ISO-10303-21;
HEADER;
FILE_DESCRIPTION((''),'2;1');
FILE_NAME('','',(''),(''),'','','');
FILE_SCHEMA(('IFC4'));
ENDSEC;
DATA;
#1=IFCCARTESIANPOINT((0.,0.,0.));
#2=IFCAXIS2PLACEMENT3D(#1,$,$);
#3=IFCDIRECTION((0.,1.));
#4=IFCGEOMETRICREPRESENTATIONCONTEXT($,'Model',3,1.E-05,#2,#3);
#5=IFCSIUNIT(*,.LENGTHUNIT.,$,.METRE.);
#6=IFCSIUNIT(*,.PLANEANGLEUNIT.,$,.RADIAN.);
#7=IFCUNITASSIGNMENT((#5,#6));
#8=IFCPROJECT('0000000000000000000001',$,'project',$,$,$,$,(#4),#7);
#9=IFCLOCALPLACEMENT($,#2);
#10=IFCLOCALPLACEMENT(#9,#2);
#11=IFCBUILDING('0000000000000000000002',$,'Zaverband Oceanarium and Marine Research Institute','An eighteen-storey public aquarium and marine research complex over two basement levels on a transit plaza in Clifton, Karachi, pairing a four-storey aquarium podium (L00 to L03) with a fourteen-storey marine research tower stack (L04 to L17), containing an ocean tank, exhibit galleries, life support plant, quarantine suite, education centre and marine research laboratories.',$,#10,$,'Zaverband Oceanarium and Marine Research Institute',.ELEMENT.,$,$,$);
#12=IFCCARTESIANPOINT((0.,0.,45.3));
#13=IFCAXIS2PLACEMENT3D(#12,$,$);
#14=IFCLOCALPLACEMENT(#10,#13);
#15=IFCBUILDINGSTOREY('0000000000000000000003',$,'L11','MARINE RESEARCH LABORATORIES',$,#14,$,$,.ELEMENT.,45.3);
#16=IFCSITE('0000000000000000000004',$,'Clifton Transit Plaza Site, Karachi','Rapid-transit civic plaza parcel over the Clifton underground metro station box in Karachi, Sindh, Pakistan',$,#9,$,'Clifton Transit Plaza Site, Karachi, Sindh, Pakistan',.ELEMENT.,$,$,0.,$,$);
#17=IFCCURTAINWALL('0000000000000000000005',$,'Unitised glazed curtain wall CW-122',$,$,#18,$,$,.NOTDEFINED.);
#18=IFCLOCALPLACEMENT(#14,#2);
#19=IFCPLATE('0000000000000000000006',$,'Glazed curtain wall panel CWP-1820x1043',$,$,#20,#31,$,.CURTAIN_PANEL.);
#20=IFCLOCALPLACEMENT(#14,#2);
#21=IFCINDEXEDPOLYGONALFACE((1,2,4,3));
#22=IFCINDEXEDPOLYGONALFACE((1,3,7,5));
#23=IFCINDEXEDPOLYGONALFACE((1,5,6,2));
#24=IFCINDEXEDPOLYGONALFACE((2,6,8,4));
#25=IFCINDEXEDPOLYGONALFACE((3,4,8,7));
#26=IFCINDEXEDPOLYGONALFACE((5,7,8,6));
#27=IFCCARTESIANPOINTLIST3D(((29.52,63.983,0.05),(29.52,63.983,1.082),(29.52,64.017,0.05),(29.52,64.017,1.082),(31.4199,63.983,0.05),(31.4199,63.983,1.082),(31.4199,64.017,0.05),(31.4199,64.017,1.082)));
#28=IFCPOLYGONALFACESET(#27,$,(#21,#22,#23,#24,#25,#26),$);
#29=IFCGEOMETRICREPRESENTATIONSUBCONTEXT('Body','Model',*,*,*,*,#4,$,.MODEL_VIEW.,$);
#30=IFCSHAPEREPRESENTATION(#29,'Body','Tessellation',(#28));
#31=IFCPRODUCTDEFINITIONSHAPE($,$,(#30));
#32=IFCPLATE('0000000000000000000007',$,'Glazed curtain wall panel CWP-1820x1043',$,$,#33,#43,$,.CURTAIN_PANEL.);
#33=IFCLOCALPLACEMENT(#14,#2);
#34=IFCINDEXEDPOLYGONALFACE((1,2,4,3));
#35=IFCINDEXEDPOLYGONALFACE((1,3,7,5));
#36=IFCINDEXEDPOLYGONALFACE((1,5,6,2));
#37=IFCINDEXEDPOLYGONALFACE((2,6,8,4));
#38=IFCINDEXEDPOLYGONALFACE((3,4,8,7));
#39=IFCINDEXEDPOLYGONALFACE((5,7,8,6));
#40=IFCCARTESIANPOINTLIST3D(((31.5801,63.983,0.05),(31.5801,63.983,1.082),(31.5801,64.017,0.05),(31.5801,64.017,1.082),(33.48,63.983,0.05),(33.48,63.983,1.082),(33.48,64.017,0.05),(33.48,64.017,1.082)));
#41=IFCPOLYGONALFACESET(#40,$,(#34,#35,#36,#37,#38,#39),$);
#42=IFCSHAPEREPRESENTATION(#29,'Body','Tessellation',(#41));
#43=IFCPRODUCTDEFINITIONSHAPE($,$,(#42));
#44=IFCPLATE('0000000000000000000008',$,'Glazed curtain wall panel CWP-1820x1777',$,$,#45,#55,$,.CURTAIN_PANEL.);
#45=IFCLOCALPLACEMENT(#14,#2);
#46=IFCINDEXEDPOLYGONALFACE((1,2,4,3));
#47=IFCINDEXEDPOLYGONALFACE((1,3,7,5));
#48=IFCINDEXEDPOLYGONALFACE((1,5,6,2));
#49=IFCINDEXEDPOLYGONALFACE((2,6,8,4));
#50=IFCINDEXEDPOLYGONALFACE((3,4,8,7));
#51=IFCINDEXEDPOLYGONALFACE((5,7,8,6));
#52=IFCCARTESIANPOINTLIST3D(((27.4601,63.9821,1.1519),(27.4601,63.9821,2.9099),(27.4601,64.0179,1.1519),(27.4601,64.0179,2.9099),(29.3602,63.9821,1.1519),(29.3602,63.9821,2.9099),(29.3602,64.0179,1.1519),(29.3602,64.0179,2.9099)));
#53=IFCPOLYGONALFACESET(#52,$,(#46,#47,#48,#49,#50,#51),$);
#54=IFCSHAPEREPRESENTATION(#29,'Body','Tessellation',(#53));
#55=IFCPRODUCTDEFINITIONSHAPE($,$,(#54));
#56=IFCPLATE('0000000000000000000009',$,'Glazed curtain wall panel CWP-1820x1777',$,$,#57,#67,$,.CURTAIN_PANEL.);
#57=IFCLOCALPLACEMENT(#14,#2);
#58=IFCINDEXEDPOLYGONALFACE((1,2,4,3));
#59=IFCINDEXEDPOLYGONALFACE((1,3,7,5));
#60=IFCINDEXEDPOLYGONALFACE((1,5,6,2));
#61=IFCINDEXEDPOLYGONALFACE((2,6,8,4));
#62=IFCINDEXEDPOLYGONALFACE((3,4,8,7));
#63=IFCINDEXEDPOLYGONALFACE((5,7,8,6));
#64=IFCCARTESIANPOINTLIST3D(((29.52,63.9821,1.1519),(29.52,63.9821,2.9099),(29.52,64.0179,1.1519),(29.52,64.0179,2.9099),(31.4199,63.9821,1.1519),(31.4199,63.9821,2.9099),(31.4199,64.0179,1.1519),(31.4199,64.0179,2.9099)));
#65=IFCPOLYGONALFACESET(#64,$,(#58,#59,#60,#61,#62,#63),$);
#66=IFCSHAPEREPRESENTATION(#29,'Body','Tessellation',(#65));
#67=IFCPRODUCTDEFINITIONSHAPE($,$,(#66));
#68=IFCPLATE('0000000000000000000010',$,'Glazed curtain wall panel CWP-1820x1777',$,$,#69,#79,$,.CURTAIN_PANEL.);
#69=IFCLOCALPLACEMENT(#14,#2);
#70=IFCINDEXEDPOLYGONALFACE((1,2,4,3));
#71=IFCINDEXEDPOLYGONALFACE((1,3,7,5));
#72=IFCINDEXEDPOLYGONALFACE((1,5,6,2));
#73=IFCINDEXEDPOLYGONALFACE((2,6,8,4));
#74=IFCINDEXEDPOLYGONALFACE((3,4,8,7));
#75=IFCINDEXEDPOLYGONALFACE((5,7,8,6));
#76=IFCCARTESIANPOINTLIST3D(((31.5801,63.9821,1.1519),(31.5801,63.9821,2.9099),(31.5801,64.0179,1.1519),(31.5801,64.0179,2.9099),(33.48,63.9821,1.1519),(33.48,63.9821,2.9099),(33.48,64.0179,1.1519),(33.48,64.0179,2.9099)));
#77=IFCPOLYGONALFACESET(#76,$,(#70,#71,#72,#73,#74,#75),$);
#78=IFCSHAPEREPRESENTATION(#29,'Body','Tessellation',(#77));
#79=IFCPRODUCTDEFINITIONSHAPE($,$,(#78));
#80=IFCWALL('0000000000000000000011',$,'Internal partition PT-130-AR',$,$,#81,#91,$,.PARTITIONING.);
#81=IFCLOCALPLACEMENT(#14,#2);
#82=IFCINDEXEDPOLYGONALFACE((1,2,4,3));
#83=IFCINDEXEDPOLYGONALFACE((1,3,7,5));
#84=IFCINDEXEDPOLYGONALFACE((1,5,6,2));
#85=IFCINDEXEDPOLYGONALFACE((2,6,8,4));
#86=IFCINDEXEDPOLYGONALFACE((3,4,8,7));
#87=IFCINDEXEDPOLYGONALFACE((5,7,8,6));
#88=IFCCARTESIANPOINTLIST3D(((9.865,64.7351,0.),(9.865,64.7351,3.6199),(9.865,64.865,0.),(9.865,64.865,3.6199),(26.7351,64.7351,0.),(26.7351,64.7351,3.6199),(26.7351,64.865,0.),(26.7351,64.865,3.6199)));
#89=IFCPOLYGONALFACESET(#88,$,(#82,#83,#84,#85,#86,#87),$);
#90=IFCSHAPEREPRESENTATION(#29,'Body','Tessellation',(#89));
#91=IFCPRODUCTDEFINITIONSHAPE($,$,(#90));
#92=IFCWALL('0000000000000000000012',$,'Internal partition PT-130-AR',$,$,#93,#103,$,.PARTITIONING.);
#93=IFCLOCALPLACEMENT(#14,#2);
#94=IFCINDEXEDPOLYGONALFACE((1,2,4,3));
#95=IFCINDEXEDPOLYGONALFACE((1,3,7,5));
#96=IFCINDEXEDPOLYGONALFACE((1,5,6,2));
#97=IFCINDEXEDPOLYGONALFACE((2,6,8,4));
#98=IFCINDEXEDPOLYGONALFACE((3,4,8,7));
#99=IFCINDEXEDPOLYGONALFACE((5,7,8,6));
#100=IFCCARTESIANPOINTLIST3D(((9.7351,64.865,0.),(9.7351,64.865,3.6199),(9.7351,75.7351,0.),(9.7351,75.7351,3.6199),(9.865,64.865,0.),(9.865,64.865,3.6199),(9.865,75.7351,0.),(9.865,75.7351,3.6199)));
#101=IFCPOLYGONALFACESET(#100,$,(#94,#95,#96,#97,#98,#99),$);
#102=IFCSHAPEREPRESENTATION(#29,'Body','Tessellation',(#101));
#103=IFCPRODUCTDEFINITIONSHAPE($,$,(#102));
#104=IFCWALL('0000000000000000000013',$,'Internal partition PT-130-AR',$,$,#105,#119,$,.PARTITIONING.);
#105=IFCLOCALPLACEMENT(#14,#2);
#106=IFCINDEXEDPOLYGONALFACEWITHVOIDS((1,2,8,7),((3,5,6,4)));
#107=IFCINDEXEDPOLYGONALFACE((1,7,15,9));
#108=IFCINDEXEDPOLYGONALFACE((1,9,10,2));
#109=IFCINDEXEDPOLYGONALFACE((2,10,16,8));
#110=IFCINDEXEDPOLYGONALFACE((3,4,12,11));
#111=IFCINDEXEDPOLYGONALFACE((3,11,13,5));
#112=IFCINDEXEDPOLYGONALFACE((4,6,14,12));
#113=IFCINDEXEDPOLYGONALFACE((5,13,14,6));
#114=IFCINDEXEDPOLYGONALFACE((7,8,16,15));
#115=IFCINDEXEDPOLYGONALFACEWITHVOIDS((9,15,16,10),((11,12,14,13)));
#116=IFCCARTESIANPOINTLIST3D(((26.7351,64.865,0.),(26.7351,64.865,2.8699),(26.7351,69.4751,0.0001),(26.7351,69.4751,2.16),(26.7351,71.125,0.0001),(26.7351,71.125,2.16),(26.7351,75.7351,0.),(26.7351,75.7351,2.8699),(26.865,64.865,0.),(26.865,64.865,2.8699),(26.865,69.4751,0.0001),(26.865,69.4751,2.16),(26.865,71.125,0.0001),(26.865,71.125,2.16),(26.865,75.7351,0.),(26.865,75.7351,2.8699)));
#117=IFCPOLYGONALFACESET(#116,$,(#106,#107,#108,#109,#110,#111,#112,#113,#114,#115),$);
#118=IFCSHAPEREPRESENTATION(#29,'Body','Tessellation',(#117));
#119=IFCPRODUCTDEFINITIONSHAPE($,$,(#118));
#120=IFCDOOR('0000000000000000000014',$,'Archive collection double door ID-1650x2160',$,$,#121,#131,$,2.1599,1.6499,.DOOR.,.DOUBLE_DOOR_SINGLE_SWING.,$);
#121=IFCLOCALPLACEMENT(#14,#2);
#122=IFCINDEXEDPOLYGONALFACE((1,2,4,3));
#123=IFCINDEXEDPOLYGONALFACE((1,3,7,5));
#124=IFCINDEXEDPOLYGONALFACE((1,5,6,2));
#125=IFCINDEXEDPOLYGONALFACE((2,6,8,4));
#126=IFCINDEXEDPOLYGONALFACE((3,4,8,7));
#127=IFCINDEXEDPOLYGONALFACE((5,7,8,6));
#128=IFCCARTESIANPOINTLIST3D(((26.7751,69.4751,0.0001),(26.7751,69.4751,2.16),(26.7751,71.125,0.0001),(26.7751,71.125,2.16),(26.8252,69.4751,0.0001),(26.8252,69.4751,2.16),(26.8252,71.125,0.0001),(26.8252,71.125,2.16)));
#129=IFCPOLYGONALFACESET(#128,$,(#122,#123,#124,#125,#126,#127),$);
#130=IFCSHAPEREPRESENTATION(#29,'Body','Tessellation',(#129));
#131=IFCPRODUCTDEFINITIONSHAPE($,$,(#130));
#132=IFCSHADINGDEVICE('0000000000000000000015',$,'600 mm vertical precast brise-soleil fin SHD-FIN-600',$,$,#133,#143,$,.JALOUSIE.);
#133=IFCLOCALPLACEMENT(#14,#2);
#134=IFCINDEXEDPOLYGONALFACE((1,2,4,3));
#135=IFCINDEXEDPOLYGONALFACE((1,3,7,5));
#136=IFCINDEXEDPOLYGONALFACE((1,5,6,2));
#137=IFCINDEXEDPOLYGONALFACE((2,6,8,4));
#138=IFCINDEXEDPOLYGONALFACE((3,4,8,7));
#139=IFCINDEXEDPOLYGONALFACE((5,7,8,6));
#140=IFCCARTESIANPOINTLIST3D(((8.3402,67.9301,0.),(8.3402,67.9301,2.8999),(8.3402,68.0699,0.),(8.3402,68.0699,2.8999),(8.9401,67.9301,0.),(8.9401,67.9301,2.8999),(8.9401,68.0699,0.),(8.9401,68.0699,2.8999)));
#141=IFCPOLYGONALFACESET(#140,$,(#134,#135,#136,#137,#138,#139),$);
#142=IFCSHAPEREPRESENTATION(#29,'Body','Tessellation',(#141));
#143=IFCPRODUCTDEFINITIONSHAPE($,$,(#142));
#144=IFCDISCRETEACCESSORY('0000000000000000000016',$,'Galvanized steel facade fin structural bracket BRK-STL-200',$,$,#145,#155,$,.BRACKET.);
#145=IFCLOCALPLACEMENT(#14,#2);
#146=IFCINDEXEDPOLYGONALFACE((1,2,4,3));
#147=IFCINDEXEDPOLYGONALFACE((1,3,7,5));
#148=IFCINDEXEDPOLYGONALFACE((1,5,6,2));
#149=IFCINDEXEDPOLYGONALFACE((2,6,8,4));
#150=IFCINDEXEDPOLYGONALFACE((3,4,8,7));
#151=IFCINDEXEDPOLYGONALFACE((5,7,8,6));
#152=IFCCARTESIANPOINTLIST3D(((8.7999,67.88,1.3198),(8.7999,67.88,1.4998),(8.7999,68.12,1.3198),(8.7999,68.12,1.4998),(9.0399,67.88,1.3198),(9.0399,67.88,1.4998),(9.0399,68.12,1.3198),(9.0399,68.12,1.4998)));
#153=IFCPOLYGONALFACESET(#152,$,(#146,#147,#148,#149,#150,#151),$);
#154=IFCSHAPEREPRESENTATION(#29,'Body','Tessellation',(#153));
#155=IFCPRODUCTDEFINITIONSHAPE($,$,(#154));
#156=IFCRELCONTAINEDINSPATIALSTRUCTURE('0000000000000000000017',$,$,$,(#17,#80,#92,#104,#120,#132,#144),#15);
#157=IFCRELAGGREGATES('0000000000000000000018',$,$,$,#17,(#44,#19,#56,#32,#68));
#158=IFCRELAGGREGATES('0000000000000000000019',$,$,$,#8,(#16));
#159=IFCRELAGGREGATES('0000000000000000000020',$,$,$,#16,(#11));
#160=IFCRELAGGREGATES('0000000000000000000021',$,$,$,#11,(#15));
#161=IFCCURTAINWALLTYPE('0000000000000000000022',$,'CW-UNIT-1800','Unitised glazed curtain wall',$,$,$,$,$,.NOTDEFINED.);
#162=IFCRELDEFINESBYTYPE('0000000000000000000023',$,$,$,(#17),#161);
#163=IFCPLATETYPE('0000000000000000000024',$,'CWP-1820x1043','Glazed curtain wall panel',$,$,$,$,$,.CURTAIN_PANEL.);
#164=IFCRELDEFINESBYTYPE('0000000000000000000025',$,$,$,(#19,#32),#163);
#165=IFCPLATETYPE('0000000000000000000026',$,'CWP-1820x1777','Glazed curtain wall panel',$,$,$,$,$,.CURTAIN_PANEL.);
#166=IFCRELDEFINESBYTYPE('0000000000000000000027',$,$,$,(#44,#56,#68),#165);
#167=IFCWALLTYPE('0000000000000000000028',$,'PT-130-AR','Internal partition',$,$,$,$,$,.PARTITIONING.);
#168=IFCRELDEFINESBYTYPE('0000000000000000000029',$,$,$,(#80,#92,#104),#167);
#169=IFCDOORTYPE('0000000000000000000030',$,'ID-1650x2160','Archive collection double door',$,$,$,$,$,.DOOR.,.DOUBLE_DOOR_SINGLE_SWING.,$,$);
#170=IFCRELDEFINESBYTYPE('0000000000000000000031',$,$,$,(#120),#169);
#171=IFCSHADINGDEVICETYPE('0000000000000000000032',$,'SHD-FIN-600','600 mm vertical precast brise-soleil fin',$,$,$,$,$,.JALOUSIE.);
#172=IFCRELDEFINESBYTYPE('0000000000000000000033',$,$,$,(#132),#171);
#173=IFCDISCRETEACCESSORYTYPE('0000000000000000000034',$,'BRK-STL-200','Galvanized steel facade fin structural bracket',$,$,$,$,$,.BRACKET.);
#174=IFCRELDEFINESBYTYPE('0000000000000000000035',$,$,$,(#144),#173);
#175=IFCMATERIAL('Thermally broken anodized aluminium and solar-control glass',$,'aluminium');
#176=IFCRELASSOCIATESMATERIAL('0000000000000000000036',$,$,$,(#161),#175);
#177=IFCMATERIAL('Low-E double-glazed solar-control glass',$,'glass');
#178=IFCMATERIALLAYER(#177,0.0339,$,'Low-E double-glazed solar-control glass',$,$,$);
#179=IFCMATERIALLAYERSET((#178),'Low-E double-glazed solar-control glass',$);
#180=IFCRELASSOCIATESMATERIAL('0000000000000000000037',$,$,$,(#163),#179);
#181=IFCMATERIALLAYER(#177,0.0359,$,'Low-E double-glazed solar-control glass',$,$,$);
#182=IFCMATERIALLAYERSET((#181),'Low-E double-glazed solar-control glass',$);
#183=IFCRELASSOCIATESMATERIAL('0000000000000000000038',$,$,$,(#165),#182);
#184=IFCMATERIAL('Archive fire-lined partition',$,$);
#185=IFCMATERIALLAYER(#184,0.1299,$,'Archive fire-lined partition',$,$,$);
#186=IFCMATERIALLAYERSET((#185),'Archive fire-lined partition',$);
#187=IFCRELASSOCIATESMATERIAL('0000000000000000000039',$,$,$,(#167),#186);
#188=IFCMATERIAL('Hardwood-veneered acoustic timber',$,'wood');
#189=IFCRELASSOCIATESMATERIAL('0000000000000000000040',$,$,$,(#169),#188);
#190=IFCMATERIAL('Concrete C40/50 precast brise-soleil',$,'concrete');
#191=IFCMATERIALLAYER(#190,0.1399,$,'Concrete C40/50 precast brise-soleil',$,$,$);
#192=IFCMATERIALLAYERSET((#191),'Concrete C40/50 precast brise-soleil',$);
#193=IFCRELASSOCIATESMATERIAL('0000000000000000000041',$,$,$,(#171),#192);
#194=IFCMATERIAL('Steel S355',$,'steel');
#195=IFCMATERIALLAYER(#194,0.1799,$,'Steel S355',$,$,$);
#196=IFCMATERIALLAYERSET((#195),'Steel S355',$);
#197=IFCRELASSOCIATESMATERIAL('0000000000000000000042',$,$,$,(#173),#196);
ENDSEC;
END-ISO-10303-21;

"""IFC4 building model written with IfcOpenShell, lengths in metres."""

from ifc_helpers import new_model, si_unit, direction, frame, frame_2d, origin, origin_2d, place, context, subcontext, project, spatial, rectangle, extrude, material, layer, layer_set, type_object, element, fill, aggregate, save


model = new_model("IFC4")

# Units and contexts
model_context = context("Model", 3, precision=1e-05, world=origin(), true_north=direction((0.0, 1.0)))
body_context = subcontext(model_context, "Body", "Model", "MODEL_VIEW")
ifc_project = project(units=[si_unit("LENGTHUNIT", "METRE"), si_unit("PLANEANGLEUNIT", "RADIAN")], contexts=[model_context])

# Site, building, storey
site_placement = place(None, origin())
site = spatial("IfcSite", under=ifc_project, at=site_placement, Name="Clifton Transit Plaza Site, Karachi", Description="Rapid-transit civic plaza parcel over the Clifton underground metro station box in Karachi, Sindh, Pakistan", LongName="Clifton Transit Plaza Site, Karachi, Sindh, Pakistan", CompositionType="ELEMENT", RefElevation=0.0)
building_placement = place(site_placement, origin())
building = spatial("IfcBuilding", under=site, at=building_placement, Name="Zaverband Oceanarium and Marine Research Institute", Description="An eighteen-storey public aquarium and marine research complex over two basement levels on a transit plaza in Clifton, Karachi, pairing a four-storey aquarium podium (L00 to L03) with a fourteen-storey marine research tower stack (L04 to L17), containing an ocean tank, exhibit galleries, life support plant, quarantine suite, education centre and marine research laboratories.", LongName="Zaverband Oceanarium and Marine Research Institute", CompositionType="ELEMENT")
storey_placement = place(building_placement, frame((0.0, 0.0, 45.3)))
storey = spatial("IfcBuildingStorey", under=building, at=storey_placement, Name="L11", Description="MARINE RESEARCH LABORATORIES", CompositionType="ELEMENT", Elevation=45.3)

# Curtain wall
ifc_material_1 = material(Name="Thermally broken anodized aluminium and solar-control glass", Category="aluminium")
curtain_wall_type = type_object("IfcCurtainWallType", Name="CW-UNIT-1800", Description="Unitised glazed curtain wall", PredefinedType="NOTDEFINED", material=ifc_material_1)
curtain_wall_1_placement = place(storey_placement, origin())
curtain_wall_1 = element("IfcCurtainWall", 1, at=curtain_wall_1_placement, inside=storey, type_object=curtain_wall_type, Name="Unitised glazed curtain wall CW-122", PredefinedType="NOTDEFINED")

# Plates
ifc_material_2 = material(Name="Low-E double-glazed solar-control glass", Category="glass")
ifc_layer_1 = layer(ifc_material_2, 0.0339, Name="Low-E double-glazed solar-control glass")
ifc_layer_set_1 = layer_set([ifc_layer_1], Name="Low-E double-glazed solar-control glass")
plate_type_1 = type_object("IfcPlateType", Name="CWP-1820x1043", Description="Glazed curtain wall panel", PredefinedType="CURTAIN_PANEL", material=ifc_layer_set_1)
plate_1_placement = place(storey_placement, frame((29.52, 64.0, 0.05), z_axis=(0.0, 0.0, 1.0), x_axis=(1.0, 0.0, 0.0)))
plate_1 = element("IfcPlate", 2, at=plate_1_placement, type_object=plate_type_1, Name="Glazed curtain wall panel CWP-1820x1043", PredefinedType="CURTAIN_PANEL", context=body_context, shape_type="SweptSolid", body=[
    extrude(rectangle(XDim=1.8999, YDim=0.0339, at=frame_2d((0.95, 0.0))), origin(), (0.0, 0.0, 1.0), 1.032),
])
plate_2_placement = place(storey_placement, frame((31.5801, 64.0, 0.05), z_axis=(0.0, 0.0, 1.0), x_axis=(1.0, 0.0, 0.0)))
plate_2 = element("IfcPlate", 3, at=plate_2_placement, type_object=plate_type_1, Name="Glazed curtain wall panel CWP-1820x1043", PredefinedType="CURTAIN_PANEL", context=body_context, shape_type="SweptSolid", body=[
    extrude(rectangle(XDim=1.8999, YDim=0.0339, at=frame_2d((0.95, 0.0))), origin(), (0.0, 0.0, 1.0), 1.032),
])
ifc_layer_2 = layer(ifc_material_2, 0.0359, Name="Low-E double-glazed solar-control glass")
ifc_layer_set_2 = layer_set([ifc_layer_2], Name="Low-E double-glazed solar-control glass")
plate_type_2 = type_object("IfcPlateType", Name="CWP-1820x1777", Description="Glazed curtain wall panel", PredefinedType="CURTAIN_PANEL", material=ifc_layer_set_2)
plate_3_placement = place(storey_placement, frame((27.46, 64.0, 1.1519), z_axis=(0.0, 0.0, 1.0), x_axis=(1.0, 0.0, 0.0)))
plate_3 = element("IfcPlate", 4, at=plate_3_placement, type_object=plate_type_2, Name="Glazed curtain wall panel CWP-1820x1777", PredefinedType="CURTAIN_PANEL", context=body_context, shape_type="SweptSolid", body=[
    extrude(rectangle(XDim=1.9001, YDim=0.0359, at=frame_2d((0.9502, 0.0))), origin(), (0.0, 0.0, 1.0), 1.7581),
])
plate_4_placement = place(storey_placement, frame((29.52, 64.0, 1.1519), z_axis=(0.0, 0.0, 1.0), x_axis=(1.0, 0.0, 0.0)))
plate_4 = element("IfcPlate", 5, at=plate_4_placement, type_object=plate_type_2, Name="Glazed curtain wall panel CWP-1820x1777", PredefinedType="CURTAIN_PANEL", context=body_context, shape_type="SweptSolid", body=[
    extrude(rectangle(XDim=1.8999, YDim=0.0359, at=frame_2d((0.95, 0.0))), origin(), (0.0, 0.0, 1.0), 1.7581),
])
plate_5_placement = place(storey_placement, frame((31.5801, 64.0, 1.1519), z_axis=(0.0, 0.0, 1.0), x_axis=(1.0, 0.0, 0.0)))
plate_5 = element("IfcPlate", 6, at=plate_5_placement, type_object=plate_type_2, Name="Glazed curtain wall panel CWP-1820x1777", PredefinedType="CURTAIN_PANEL", context=body_context, shape_type="SweptSolid", body=[
    extrude(rectangle(XDim=1.8999, YDim=0.0359, at=frame_2d((0.95, 0.0))), origin(), (0.0, 0.0, 1.0), 1.7581),
])
aggregate(curtain_wall_1, [plate_3, plate_1, plate_4, plate_2, plate_5])

# Walls
ifc_material_3 = material(Name="Archive fire-lined partition")
ifc_layer_3 = layer(ifc_material_3, 0.1299, Name="Archive fire-lined partition")
ifc_layer_set_3 = layer_set([ifc_layer_3], Name="Archive fire-lined partition")
wall_type = type_object("IfcWallType", Name="PT-130-AR", Description="Internal partition", PredefinedType="PARTITIONING", material=ifc_layer_set_3)
wall_1_placement = place(storey_placement, frame((9.865, 64.8, 0.0), z_axis=(0.0, 0.0, 1.0), x_axis=(1.0, 0.0, 0.0)))
element("IfcWall", 7, at=wall_1_placement, inside=storey, type_object=wall_type, Name="Internal partition PT-130-AR", PredefinedType="PARTITIONING", context=body_context, shape_type="SweptSolid", body=[
    extrude(rectangle(XDim=16.8701, YDim=0.1299, at=frame_2d((8.4351, 0.0))), origin(), (0.0, 0.0, 1.0), 3.6199),
])
wall_2_placement = place(storey_placement, frame((9.8, 64.865, 0.0), z_axis=(0.0, 0.0, 1.0), x_axis=(0.0, 1.0, 0.0)))
element("IfcWall", 8, at=wall_2_placement, inside=storey, type_object=wall_type, Name="Internal partition PT-130-AR", PredefinedType="PARTITIONING", context=body_context, shape_type="SweptSolid", body=[
    extrude(rectangle(XDim=10.8701, YDim=0.1299, at=frame_2d((5.4351, 0.0))), origin(), (0.0, 0.0, 1.0), 3.6199),
])

# Wall, opening, door
wall_3_placement = place(storey_placement, frame((26.8, 64.865, 0.0), z_axis=(0.0, 0.0, 1.0), x_axis=(0.0, 1.0, 0.0)))
wall_3 = element("IfcWall", 9, at=wall_3_placement, inside=storey, type_object=wall_type, Name="Internal partition PT-130-AR", PredefinedType="PARTITIONING", context=body_context, shape_type="SweptSolid", body=[
    extrude(rectangle(XDim=10.8701, YDim=0.1299, at=frame_2d((5.4351, 0.0))), origin(), (0.0, 0.0, 1.0), 2.8699),
])
opening_placement = place(wall_3_placement, frame((4.6101, 0.0, 0.0)))
opening = element("IfcOpeningElement", 10, at=opening_placement, cuts=wall_3, PredefinedType="OPENING", context=body_context, shape_type="SweptSolid", body=[
    extrude(rectangle(XDim=1.6499, YDim=2.1599, at=frame_2d((0.825, 1.0801))), frame((0.0, 0.0769, 0.0), z_axis=(0.0, -1.0, 0.0), x_axis=(1.0, 0.0, 0.0)), (0.0, 0.0, 1.0), 0.1538),
])
ifc_material_4 = material(Name="Hardwood-veneered acoustic timber", Category="wood")
door_type = type_object("IfcDoorType", Name="ID-1650x2160", Description="Archive collection double door", OperationType="DOUBLE_DOOR_SINGLE_SWING", PredefinedType="DOOR", material=ifc_material_4)
door_placement = place(opening_placement, origin())
door = element("IfcDoor", 11, at=door_placement, inside=storey, type_object=door_type, Name="Archive collection double door ID-1650x2160", OperationType="DOUBLE_DOOR_SINGLE_SWING", OverallHeight=2.1599, OverallWidth=1.6499, PredefinedType="DOOR", context=body_context, shape_type="SweptSolid", body=[
    extrude(rectangle(XDim=1.6499, YDim=2.1599, at=frame_2d((0.825, 1.0801))), frame((0.0, 0.0249, 0.0), z_axis=(0.0, -1.0, 0.0), x_axis=(1.0, 0.0, 0.0)), (0.0, 0.0, 1.0), 0.05),
])
fill(opening, door)

# Shared definitions
ifc_material_5 = material(Name="Steel S355", Category="steel")

# Shading device
ifc_material_6 = material(Name="Concrete C40/50 precast brise-soleil", Category="concrete")
ifc_layer_4 = layer(ifc_material_6, 0.1399, Name="Concrete C40/50 precast brise-soleil")
ifc_layer_set_4 = layer_set([ifc_layer_4], Name="Concrete C40/50 precast brise-soleil")
shading_device_type = type_object("IfcShadingDeviceType", Name="SHD-FIN-600", Description="600 mm vertical precast brise-soleil fin", PredefinedType="JALOUSIE", material=ifc_layer_set_4)
shading_device_placement = place(storey_placement, frame((8.9399, 68.0, 0.0), z_axis=(0.0, 0.0, 1.0), x_axis=(-1.0, 0.0, 0.0)))
element("IfcShadingDevice", 12, at=shading_device_placement, inside=storey, type_object=shading_device_type, Name="600 mm vertical precast brise-soleil fin SHD-FIN-600", PredefinedType="JALOUSIE", context=body_context, shape_type="SweptSolid", body=[
    extrude(rectangle(XDim=0.5999, YDim=0.1399, at=frame_2d((0.2998, 0.0))), origin(), (0.0, 0.0, 1.0), 2.8999),
])

# Discrete accessory
ifc_layer_5 = layer(ifc_material_5, 0.1799, Name="Steel S355")
ifc_layer_set_5 = layer_set([ifc_layer_5], Name="Steel S355")
discrete_accessory_type = type_object("IfcDiscreteAccessoryType", Name="BRK-STL-200", Description="Galvanized steel facade fin structural bracket", PredefinedType="BRACKET", material=ifc_layer_set_5)
discrete_accessory_placement = place(storey_placement, frame((8.9199, 68.0, 1.3198), z_axis=(0.0, 0.0, 1.0), x_axis=(1.0, 0.0, 0.0)))
element("IfcDiscreteAccessory", 13, at=discrete_accessory_placement, inside=storey, type_object=discrete_accessory_type, Name="Galvanized steel facade fin structural bracket BRK-STL-200", PredefinedType="BRACKET", context=body_context, shape_type="SweptSolid", body=[
    extrude(rectangle(XDim=0.24, YDim=0.24, at=origin_2d()), origin(), (0.0, 0.0, 1.0), 0.1799),
])

save(model, "model.ifc")
